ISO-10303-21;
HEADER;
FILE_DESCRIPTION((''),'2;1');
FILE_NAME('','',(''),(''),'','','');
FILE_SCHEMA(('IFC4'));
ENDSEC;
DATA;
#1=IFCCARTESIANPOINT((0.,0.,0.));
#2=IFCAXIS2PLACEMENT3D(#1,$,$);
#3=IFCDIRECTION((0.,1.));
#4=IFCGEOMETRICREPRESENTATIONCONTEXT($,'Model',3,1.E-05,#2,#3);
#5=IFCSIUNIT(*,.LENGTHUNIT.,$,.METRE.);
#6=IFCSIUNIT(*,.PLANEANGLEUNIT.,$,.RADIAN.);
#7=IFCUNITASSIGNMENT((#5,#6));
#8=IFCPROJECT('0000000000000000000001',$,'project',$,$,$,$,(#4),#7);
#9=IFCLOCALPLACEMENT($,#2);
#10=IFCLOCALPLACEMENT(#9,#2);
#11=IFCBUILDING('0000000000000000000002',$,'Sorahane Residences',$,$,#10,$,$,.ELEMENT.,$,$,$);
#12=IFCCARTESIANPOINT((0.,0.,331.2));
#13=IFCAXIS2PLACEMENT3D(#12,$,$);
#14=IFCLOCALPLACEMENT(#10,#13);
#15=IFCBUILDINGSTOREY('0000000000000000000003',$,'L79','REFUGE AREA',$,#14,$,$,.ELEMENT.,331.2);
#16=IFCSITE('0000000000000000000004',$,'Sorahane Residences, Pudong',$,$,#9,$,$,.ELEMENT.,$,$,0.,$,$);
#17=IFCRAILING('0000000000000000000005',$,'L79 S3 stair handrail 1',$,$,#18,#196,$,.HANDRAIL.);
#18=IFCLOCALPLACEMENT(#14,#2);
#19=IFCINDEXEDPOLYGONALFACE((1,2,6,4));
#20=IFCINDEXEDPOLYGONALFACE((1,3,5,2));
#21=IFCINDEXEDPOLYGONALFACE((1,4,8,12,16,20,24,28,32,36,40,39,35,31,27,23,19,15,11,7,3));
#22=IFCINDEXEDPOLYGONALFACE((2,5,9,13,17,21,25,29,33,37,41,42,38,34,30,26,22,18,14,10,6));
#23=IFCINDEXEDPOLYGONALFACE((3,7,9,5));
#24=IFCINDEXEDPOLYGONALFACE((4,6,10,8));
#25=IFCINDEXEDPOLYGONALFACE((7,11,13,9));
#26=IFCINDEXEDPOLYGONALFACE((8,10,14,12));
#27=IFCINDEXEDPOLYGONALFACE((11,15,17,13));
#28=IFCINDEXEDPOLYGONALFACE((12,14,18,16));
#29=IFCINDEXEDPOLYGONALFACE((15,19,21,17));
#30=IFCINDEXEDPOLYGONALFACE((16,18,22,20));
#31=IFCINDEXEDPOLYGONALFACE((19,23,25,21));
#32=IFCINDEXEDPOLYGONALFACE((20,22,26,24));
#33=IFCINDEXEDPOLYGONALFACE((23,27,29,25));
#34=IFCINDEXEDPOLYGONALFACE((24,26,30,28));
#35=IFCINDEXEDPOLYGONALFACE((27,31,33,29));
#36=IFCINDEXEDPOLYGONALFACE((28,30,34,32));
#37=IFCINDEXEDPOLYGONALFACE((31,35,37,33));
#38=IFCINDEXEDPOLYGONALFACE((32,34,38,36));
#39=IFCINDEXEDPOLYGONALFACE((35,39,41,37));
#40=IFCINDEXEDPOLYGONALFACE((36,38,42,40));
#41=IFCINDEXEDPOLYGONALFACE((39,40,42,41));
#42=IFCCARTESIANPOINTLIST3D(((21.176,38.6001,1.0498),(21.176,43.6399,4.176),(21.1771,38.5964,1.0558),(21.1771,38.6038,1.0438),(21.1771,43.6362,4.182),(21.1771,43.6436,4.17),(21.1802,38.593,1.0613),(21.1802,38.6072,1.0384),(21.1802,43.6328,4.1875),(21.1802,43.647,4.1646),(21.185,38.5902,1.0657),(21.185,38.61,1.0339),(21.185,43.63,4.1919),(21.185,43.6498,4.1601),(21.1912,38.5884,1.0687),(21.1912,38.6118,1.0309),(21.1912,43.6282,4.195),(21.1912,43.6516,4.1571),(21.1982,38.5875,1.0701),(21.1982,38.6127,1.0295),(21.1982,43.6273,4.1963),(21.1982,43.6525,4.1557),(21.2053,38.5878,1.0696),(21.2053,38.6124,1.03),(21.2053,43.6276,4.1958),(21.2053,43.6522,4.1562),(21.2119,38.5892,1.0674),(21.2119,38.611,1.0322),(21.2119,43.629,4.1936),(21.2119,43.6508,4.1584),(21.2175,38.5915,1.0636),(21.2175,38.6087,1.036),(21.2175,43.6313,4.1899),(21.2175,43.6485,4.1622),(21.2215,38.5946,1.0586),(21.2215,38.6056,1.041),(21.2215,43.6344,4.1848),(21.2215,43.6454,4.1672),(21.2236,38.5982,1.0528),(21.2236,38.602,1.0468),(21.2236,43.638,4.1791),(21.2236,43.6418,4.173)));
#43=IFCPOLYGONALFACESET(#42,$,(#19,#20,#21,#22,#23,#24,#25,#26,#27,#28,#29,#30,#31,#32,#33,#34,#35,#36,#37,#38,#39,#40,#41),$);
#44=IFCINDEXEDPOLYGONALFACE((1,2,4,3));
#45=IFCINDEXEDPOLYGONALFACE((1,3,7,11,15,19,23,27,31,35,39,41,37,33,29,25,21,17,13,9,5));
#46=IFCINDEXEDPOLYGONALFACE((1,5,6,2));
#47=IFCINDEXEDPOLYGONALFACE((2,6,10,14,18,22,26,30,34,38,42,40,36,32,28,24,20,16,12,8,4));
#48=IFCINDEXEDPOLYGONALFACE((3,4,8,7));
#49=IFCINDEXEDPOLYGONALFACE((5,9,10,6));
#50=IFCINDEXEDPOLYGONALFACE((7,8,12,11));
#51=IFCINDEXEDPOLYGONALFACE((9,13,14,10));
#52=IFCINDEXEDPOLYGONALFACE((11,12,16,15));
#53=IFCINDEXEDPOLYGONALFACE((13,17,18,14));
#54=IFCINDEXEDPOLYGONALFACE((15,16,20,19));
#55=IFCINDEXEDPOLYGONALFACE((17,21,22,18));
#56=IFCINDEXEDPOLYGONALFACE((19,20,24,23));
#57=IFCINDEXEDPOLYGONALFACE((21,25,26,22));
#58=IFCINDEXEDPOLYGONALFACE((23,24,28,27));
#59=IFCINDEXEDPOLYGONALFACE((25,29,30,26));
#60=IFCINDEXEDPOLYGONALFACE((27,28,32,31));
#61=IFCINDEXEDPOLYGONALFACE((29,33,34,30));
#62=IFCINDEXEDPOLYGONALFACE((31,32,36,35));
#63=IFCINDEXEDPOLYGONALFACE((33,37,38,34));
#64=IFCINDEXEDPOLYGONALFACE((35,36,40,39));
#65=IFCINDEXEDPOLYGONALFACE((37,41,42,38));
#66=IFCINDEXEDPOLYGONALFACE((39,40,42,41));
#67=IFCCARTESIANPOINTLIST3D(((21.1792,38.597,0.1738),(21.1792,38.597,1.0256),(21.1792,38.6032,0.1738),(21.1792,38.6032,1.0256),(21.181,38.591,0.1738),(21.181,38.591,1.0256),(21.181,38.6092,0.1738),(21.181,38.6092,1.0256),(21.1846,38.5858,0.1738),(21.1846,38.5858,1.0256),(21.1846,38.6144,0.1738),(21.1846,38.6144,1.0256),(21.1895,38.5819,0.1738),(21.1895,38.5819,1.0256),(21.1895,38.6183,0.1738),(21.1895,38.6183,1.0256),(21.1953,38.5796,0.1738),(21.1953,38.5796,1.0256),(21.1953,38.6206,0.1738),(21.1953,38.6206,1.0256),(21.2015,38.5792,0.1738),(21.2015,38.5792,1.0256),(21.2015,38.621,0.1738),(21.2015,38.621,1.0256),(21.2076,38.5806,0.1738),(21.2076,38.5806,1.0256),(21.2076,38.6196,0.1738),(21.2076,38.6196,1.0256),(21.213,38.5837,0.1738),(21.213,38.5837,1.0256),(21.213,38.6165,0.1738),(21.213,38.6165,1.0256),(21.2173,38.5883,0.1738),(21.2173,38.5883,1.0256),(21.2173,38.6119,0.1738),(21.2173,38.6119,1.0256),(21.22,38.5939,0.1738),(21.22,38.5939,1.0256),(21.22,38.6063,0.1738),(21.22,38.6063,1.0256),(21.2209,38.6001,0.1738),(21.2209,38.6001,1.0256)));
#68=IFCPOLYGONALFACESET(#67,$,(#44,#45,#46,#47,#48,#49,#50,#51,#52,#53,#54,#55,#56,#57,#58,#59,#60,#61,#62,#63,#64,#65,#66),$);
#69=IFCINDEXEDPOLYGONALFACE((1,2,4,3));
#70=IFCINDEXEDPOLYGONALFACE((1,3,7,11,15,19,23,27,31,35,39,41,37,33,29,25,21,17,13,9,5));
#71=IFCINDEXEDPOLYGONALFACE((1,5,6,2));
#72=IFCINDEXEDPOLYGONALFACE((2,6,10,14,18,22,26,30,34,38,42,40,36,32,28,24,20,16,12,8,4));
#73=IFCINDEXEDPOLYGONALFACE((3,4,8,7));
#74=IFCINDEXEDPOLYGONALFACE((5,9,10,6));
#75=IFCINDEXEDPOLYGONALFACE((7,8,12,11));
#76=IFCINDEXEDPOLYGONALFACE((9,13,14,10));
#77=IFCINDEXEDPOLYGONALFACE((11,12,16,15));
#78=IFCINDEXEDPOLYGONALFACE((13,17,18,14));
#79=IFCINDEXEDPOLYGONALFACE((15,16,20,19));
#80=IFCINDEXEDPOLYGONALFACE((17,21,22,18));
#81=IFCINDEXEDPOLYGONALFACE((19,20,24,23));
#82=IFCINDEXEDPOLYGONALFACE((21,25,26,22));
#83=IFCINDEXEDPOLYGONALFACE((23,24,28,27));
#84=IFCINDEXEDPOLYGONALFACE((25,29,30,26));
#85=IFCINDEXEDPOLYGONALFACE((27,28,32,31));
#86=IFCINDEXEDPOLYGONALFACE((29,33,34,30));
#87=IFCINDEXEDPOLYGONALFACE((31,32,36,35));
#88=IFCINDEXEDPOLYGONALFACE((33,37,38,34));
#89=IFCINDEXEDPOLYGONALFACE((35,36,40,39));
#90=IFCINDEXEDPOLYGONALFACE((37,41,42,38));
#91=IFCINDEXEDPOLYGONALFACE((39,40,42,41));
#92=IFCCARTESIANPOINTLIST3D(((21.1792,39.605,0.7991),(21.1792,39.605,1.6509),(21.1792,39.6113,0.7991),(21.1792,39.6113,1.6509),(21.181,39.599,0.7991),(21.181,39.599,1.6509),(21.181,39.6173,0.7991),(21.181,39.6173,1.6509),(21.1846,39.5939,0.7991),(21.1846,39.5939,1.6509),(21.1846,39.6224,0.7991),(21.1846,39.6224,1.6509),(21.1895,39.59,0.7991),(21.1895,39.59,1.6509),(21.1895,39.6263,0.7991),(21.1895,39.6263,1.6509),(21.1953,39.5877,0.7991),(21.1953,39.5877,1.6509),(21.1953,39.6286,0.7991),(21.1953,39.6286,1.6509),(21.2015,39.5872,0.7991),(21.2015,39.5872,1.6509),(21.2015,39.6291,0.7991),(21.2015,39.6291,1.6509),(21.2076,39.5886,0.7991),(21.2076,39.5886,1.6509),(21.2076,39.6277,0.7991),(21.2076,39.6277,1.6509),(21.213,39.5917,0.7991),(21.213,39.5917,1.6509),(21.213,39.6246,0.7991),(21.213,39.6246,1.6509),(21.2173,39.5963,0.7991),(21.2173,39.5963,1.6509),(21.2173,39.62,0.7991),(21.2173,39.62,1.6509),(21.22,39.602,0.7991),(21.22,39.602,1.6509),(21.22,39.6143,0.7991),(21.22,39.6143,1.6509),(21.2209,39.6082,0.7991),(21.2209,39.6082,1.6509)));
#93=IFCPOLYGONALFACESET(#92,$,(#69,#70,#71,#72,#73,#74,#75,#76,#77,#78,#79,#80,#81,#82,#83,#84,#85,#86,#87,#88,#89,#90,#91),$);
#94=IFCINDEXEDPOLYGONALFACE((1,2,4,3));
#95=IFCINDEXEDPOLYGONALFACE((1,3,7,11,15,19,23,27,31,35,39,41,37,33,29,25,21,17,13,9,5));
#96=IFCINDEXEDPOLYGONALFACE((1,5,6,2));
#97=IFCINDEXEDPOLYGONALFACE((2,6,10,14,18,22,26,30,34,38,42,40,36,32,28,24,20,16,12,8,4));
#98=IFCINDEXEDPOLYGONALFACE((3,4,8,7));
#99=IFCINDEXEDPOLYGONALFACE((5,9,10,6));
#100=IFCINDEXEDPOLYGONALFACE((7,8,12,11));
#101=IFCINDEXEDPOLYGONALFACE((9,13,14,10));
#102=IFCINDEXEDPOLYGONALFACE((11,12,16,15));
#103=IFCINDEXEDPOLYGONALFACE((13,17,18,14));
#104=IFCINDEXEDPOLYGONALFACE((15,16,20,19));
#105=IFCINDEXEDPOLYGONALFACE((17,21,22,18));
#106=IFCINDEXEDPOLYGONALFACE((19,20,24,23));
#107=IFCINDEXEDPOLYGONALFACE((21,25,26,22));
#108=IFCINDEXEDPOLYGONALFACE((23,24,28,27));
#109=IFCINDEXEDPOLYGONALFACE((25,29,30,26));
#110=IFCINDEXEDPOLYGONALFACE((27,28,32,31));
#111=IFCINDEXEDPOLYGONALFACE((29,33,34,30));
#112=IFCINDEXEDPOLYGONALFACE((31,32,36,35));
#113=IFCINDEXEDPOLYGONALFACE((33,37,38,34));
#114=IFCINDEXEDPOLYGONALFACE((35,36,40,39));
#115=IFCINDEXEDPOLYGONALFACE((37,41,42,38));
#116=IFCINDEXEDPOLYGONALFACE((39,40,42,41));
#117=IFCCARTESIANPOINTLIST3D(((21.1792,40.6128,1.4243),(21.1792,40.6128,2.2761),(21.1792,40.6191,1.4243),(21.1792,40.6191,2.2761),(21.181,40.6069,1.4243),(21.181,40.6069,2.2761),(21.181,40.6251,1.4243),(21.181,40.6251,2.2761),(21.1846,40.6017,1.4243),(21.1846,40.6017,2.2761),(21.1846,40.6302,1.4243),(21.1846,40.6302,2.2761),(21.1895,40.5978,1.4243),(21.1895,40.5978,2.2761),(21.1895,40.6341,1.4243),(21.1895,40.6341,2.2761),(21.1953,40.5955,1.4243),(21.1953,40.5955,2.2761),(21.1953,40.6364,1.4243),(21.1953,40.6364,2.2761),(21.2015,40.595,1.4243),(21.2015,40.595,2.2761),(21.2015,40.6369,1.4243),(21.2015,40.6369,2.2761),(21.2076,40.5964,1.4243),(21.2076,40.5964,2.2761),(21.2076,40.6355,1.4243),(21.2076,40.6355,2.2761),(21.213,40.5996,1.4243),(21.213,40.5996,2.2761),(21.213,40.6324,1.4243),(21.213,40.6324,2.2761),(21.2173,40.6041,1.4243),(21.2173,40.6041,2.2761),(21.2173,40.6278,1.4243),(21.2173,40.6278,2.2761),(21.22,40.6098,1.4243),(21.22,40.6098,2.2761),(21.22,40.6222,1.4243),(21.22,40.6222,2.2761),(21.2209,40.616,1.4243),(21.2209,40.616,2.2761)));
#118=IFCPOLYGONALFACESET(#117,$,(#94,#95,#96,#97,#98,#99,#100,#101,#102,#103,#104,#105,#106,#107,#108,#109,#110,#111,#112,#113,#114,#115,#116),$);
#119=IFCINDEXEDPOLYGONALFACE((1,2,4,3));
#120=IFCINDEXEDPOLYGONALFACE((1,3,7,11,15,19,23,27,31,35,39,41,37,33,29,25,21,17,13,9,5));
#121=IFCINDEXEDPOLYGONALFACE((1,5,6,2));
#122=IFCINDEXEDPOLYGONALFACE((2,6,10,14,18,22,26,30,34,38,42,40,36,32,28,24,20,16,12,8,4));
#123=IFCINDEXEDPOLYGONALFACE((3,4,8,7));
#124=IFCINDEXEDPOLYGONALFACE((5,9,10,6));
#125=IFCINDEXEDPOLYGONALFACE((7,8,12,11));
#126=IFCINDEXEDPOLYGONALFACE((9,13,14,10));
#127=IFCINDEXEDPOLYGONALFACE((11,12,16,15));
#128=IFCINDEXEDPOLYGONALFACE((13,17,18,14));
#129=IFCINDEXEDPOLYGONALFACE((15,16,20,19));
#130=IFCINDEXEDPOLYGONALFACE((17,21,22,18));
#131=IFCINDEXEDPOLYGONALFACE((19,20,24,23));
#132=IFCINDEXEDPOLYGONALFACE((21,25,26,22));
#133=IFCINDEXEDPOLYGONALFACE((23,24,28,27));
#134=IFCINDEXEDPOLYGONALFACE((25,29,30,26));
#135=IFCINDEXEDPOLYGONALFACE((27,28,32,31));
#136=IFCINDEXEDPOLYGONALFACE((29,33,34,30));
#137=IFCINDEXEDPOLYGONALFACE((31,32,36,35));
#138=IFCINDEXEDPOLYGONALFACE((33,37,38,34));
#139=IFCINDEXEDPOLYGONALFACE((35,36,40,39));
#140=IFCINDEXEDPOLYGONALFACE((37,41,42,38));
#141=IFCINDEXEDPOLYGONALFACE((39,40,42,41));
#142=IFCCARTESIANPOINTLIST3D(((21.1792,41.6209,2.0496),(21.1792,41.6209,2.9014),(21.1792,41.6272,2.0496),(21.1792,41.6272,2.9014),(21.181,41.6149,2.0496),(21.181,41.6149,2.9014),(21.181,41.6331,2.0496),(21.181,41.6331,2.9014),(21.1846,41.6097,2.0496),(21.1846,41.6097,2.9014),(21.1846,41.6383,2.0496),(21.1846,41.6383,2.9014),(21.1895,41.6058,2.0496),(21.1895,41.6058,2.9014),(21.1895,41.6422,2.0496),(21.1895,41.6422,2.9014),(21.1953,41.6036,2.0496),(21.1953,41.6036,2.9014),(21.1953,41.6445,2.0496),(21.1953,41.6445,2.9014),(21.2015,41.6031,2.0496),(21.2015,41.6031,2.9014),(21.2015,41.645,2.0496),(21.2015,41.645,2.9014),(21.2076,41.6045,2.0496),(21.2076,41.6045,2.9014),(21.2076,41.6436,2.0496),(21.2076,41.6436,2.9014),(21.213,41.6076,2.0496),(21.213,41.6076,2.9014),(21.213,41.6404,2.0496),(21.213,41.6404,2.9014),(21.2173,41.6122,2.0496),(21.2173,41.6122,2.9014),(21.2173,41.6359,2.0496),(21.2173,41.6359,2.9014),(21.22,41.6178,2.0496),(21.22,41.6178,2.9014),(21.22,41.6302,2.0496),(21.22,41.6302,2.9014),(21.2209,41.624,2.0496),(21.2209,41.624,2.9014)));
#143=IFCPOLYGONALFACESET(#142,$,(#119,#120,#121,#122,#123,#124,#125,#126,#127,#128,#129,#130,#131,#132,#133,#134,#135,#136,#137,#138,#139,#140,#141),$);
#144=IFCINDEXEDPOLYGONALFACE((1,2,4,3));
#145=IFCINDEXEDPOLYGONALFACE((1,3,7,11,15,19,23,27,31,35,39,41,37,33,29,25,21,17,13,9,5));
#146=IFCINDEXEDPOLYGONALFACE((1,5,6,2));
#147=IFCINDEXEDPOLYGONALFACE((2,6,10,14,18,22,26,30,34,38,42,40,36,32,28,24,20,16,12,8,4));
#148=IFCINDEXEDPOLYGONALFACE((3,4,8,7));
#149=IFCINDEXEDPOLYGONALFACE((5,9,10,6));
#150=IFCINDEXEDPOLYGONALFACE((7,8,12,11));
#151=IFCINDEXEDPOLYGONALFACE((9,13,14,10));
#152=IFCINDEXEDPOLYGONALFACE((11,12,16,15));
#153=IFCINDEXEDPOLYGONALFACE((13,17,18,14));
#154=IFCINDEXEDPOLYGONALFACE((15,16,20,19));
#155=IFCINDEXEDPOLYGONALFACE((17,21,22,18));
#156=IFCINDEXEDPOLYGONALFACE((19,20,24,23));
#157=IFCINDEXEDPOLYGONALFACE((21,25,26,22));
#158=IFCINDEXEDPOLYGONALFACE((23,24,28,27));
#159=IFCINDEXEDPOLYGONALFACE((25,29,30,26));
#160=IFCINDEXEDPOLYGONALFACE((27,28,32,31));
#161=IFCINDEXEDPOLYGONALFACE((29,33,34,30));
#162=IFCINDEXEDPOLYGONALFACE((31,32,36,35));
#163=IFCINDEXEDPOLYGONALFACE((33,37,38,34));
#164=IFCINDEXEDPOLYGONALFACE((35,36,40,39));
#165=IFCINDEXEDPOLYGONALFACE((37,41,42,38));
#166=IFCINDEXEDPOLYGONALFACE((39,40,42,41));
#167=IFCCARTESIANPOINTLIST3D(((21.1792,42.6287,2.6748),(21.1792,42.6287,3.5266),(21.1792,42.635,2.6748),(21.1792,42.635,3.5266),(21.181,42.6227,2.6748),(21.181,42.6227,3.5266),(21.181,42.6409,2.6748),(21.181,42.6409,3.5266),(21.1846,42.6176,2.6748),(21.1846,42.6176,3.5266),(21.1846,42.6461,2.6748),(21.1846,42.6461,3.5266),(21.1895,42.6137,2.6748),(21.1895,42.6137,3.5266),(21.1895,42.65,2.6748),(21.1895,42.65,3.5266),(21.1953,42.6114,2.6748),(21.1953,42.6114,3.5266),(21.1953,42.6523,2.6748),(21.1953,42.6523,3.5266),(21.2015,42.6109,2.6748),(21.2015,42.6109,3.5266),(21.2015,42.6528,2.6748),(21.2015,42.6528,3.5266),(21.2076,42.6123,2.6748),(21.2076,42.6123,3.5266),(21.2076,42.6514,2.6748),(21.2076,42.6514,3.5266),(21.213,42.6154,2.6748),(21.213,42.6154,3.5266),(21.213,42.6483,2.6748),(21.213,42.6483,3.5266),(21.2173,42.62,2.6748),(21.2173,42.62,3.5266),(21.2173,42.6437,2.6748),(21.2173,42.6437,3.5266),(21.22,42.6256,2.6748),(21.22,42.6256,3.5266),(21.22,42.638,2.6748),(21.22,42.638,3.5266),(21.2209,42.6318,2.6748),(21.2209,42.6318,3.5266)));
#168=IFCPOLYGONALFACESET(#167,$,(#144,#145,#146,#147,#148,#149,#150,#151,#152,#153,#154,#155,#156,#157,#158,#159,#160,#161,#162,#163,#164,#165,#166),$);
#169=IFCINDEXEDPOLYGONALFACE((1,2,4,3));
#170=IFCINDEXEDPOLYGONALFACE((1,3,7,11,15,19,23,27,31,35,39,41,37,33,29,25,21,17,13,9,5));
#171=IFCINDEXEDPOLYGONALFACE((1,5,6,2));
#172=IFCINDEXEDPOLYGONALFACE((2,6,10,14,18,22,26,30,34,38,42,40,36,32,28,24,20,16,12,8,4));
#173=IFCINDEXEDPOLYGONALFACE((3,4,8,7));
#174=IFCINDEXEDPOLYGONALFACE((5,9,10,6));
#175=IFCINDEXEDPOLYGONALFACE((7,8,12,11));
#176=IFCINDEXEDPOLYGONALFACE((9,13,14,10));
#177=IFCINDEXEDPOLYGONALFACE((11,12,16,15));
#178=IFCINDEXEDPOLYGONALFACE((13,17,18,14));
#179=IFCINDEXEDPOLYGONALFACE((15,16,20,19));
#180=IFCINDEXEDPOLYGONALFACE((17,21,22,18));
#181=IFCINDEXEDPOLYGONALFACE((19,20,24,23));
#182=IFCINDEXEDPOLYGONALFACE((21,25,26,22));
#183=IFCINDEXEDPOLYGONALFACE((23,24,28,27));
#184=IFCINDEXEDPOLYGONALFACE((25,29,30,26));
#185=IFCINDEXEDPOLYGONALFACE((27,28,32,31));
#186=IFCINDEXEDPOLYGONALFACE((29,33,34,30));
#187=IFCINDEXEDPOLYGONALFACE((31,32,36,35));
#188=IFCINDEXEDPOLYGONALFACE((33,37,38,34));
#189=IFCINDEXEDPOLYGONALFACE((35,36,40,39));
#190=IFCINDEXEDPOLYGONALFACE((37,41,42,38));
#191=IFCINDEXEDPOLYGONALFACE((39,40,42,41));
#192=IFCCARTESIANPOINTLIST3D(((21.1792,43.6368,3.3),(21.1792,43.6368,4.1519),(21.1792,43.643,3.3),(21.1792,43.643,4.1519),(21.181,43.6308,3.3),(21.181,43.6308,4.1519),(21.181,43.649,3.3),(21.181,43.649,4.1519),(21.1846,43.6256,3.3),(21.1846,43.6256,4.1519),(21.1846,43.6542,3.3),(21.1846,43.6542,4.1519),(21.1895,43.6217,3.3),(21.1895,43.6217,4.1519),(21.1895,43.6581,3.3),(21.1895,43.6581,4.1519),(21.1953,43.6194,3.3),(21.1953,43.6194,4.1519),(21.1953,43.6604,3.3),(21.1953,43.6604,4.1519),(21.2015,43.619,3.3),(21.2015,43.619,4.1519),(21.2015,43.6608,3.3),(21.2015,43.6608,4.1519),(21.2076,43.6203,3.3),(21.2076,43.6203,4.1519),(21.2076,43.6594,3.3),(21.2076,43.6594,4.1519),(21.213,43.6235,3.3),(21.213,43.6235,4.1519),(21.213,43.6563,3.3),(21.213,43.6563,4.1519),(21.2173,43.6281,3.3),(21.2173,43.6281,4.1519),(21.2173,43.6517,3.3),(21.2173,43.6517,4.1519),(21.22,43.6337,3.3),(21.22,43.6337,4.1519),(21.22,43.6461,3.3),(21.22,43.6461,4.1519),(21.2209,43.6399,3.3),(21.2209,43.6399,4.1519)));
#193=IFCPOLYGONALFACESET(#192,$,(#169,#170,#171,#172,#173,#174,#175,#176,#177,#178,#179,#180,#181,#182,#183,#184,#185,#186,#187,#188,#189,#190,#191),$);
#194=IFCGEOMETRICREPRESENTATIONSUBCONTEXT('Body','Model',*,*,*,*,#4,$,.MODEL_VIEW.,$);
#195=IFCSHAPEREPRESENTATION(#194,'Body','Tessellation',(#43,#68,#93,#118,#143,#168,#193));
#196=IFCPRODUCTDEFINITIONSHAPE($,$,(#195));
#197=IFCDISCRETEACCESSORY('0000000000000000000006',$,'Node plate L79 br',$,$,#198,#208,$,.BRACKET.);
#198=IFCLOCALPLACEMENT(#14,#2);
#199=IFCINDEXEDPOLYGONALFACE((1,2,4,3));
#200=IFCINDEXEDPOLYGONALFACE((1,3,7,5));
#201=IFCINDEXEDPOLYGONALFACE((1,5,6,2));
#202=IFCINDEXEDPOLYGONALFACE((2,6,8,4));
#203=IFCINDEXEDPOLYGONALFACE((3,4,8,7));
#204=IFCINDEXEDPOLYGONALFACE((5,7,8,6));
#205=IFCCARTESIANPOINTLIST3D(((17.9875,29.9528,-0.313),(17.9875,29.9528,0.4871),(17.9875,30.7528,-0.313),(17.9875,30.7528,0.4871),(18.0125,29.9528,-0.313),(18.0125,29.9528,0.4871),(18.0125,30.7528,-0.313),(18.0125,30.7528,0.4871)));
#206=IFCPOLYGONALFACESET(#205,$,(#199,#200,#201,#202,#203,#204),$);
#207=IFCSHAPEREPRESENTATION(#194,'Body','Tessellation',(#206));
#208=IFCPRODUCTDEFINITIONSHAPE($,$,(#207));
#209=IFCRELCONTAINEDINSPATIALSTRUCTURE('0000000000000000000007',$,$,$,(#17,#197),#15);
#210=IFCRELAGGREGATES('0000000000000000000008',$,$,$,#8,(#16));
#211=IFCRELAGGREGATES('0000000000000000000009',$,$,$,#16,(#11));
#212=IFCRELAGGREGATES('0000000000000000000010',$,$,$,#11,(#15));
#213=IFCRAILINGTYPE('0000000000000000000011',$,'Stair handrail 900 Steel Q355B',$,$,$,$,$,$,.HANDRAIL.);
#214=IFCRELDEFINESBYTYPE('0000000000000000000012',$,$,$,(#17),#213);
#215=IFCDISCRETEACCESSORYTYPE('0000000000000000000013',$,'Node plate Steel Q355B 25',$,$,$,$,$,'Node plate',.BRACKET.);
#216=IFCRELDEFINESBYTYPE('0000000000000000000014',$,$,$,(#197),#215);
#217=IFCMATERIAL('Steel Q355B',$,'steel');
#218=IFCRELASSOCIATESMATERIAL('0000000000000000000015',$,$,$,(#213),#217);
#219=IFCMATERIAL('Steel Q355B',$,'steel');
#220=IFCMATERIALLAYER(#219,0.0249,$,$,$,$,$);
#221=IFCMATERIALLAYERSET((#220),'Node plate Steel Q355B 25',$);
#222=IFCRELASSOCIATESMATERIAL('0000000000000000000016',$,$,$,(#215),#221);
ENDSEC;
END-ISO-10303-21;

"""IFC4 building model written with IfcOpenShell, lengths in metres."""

from ifc_helpers import new_model, si_unit, direction, frame, origin, origin_2d, place, context, subcontext, project, spatial, rectangle, circle, extrude, material, layer, layer_set, type_object, element, save


model = new_model("IFC4")

# Units and contexts
model_context = context("Model", 3, precision=1e-05, world=origin(), true_north=direction((0.0, 1.0)))
body_context = subcontext(model_context, "Body", "Model", "MODEL_VIEW")
ifc_project = project(units=[si_unit("LENGTHUNIT", "METRE"), si_unit("PLANEANGLEUNIT", "RADIAN")], contexts=[model_context])

# Site, building, storey
site_placement = place(None, origin())
site = spatial("IfcSite", under=ifc_project, at=site_placement, Name="Sorahane Residences, Pudong", CompositionType="ELEMENT", RefElevation=0.0)
building_placement = place(site_placement, origin())
building = spatial("IfcBuilding", under=site, at=building_placement, Name="Sorahane Residences", CompositionType="ELEMENT")
storey_placement = place(building_placement, frame((0.0, 0.0, 331.2)))
storey = spatial("IfcBuildingStorey", under=building, at=storey_placement, Name="L79", Description="REFUGE AREA", CompositionType="ELEMENT", Elevation=331.2)

# Railing
ifc_material_1 = material(Name="Steel Q355B", Category="steel")
railing_type_1 = type_object("IfcRailingType", Name="Stair handrail 900 Steel Q355B", PredefinedType="HANDRAIL", material=ifc_material_1)
railing_1_placement = place(storey_placement, frame((21.2, 38.6001, 0.1738)))
element("IfcRailing", 1, at=railing_1_placement, inside=storey, type_object=railing_type_1, Name="L79 S3 stair handrail 1", PredefinedType="HANDRAIL", context=body_context, shape_type="SweptSolid", body=[
    extrude(circle(Radius=0.0239, at=origin_2d()), frame((0.0, 0.0, 0.876), z_axis=(0.0, 0.849786, 0.527128), x_axis=(-1.0, 0.0, 0.0)), (0.0, 0.0, 1.0), 5.9307),
    extrude(circle(Radius=0.021, at=origin_2d()), origin(), (0.0, 0.0, 1.0), 0.8518),
    extrude(circle(Radius=0.021, at=origin_2d()), frame((0.0, 1.0081, 0.6252)), (0.0, 0.0, 1.0), 0.8518),
    extrude(circle(Radius=0.021, at=origin_2d()), frame((0.0, 2.0159, 1.2505)), (0.0, 0.0, 1.0), 0.8518),
    extrude(circle(Radius=0.021, at=origin_2d()), frame((0.0, 3.0239, 1.8757)), (0.0, 0.0, 1.0), 0.8518),
    extrude(circle(Radius=0.021, at=origin_2d()), frame((0.0, 4.0317, 2.501)), (0.0, 0.0, 1.0), 0.8518),
    extrude(circle(Radius=0.021, at=origin_2d()), frame((0.0, 5.0398, 3.1262)), (0.0, 0.0, 1.0), 0.8518),
])

# Discrete accessory
ifc_material_2 = material(Name="Steel Q355B", Category="steel")
ifc_layer_1 = layer(ifc_material_2, 0.0249)
ifc_layer_set_1 = layer_set([ifc_layer_1], Name="Node plate Steel Q355B 25")
discrete_accessory_type = type_object("IfcDiscreteAccessoryType", Name="Node plate Steel Q355B 25", ElementType="Node plate", PredefinedType="BRACKET", material=ifc_layer_set_1)
for number, where, z_axis, x_axis, name in (
    (2, (18.0, 30.3528, -0.313), (0.0, 0.0, 1.0), (0.0, 1.0, 0.0), "Node plate L79 br"),
):
    element("IfcDiscreteAccessory", number, at=place(storey_placement, frame(where, z_axis=z_axis, x_axis=x_axis)), inside=storey, type_object=discrete_accessory_type, Name=name, PredefinedType="BRACKET", context=body_context, shape_type="SweptSolid", body=[
        extrude(rectangle(XDim=0.8, YDim=0.0249, at=origin_2d()), origin(), (0.0, 0.0, 1.0), 0.8),
    ])

save(model, "model.ifc")
